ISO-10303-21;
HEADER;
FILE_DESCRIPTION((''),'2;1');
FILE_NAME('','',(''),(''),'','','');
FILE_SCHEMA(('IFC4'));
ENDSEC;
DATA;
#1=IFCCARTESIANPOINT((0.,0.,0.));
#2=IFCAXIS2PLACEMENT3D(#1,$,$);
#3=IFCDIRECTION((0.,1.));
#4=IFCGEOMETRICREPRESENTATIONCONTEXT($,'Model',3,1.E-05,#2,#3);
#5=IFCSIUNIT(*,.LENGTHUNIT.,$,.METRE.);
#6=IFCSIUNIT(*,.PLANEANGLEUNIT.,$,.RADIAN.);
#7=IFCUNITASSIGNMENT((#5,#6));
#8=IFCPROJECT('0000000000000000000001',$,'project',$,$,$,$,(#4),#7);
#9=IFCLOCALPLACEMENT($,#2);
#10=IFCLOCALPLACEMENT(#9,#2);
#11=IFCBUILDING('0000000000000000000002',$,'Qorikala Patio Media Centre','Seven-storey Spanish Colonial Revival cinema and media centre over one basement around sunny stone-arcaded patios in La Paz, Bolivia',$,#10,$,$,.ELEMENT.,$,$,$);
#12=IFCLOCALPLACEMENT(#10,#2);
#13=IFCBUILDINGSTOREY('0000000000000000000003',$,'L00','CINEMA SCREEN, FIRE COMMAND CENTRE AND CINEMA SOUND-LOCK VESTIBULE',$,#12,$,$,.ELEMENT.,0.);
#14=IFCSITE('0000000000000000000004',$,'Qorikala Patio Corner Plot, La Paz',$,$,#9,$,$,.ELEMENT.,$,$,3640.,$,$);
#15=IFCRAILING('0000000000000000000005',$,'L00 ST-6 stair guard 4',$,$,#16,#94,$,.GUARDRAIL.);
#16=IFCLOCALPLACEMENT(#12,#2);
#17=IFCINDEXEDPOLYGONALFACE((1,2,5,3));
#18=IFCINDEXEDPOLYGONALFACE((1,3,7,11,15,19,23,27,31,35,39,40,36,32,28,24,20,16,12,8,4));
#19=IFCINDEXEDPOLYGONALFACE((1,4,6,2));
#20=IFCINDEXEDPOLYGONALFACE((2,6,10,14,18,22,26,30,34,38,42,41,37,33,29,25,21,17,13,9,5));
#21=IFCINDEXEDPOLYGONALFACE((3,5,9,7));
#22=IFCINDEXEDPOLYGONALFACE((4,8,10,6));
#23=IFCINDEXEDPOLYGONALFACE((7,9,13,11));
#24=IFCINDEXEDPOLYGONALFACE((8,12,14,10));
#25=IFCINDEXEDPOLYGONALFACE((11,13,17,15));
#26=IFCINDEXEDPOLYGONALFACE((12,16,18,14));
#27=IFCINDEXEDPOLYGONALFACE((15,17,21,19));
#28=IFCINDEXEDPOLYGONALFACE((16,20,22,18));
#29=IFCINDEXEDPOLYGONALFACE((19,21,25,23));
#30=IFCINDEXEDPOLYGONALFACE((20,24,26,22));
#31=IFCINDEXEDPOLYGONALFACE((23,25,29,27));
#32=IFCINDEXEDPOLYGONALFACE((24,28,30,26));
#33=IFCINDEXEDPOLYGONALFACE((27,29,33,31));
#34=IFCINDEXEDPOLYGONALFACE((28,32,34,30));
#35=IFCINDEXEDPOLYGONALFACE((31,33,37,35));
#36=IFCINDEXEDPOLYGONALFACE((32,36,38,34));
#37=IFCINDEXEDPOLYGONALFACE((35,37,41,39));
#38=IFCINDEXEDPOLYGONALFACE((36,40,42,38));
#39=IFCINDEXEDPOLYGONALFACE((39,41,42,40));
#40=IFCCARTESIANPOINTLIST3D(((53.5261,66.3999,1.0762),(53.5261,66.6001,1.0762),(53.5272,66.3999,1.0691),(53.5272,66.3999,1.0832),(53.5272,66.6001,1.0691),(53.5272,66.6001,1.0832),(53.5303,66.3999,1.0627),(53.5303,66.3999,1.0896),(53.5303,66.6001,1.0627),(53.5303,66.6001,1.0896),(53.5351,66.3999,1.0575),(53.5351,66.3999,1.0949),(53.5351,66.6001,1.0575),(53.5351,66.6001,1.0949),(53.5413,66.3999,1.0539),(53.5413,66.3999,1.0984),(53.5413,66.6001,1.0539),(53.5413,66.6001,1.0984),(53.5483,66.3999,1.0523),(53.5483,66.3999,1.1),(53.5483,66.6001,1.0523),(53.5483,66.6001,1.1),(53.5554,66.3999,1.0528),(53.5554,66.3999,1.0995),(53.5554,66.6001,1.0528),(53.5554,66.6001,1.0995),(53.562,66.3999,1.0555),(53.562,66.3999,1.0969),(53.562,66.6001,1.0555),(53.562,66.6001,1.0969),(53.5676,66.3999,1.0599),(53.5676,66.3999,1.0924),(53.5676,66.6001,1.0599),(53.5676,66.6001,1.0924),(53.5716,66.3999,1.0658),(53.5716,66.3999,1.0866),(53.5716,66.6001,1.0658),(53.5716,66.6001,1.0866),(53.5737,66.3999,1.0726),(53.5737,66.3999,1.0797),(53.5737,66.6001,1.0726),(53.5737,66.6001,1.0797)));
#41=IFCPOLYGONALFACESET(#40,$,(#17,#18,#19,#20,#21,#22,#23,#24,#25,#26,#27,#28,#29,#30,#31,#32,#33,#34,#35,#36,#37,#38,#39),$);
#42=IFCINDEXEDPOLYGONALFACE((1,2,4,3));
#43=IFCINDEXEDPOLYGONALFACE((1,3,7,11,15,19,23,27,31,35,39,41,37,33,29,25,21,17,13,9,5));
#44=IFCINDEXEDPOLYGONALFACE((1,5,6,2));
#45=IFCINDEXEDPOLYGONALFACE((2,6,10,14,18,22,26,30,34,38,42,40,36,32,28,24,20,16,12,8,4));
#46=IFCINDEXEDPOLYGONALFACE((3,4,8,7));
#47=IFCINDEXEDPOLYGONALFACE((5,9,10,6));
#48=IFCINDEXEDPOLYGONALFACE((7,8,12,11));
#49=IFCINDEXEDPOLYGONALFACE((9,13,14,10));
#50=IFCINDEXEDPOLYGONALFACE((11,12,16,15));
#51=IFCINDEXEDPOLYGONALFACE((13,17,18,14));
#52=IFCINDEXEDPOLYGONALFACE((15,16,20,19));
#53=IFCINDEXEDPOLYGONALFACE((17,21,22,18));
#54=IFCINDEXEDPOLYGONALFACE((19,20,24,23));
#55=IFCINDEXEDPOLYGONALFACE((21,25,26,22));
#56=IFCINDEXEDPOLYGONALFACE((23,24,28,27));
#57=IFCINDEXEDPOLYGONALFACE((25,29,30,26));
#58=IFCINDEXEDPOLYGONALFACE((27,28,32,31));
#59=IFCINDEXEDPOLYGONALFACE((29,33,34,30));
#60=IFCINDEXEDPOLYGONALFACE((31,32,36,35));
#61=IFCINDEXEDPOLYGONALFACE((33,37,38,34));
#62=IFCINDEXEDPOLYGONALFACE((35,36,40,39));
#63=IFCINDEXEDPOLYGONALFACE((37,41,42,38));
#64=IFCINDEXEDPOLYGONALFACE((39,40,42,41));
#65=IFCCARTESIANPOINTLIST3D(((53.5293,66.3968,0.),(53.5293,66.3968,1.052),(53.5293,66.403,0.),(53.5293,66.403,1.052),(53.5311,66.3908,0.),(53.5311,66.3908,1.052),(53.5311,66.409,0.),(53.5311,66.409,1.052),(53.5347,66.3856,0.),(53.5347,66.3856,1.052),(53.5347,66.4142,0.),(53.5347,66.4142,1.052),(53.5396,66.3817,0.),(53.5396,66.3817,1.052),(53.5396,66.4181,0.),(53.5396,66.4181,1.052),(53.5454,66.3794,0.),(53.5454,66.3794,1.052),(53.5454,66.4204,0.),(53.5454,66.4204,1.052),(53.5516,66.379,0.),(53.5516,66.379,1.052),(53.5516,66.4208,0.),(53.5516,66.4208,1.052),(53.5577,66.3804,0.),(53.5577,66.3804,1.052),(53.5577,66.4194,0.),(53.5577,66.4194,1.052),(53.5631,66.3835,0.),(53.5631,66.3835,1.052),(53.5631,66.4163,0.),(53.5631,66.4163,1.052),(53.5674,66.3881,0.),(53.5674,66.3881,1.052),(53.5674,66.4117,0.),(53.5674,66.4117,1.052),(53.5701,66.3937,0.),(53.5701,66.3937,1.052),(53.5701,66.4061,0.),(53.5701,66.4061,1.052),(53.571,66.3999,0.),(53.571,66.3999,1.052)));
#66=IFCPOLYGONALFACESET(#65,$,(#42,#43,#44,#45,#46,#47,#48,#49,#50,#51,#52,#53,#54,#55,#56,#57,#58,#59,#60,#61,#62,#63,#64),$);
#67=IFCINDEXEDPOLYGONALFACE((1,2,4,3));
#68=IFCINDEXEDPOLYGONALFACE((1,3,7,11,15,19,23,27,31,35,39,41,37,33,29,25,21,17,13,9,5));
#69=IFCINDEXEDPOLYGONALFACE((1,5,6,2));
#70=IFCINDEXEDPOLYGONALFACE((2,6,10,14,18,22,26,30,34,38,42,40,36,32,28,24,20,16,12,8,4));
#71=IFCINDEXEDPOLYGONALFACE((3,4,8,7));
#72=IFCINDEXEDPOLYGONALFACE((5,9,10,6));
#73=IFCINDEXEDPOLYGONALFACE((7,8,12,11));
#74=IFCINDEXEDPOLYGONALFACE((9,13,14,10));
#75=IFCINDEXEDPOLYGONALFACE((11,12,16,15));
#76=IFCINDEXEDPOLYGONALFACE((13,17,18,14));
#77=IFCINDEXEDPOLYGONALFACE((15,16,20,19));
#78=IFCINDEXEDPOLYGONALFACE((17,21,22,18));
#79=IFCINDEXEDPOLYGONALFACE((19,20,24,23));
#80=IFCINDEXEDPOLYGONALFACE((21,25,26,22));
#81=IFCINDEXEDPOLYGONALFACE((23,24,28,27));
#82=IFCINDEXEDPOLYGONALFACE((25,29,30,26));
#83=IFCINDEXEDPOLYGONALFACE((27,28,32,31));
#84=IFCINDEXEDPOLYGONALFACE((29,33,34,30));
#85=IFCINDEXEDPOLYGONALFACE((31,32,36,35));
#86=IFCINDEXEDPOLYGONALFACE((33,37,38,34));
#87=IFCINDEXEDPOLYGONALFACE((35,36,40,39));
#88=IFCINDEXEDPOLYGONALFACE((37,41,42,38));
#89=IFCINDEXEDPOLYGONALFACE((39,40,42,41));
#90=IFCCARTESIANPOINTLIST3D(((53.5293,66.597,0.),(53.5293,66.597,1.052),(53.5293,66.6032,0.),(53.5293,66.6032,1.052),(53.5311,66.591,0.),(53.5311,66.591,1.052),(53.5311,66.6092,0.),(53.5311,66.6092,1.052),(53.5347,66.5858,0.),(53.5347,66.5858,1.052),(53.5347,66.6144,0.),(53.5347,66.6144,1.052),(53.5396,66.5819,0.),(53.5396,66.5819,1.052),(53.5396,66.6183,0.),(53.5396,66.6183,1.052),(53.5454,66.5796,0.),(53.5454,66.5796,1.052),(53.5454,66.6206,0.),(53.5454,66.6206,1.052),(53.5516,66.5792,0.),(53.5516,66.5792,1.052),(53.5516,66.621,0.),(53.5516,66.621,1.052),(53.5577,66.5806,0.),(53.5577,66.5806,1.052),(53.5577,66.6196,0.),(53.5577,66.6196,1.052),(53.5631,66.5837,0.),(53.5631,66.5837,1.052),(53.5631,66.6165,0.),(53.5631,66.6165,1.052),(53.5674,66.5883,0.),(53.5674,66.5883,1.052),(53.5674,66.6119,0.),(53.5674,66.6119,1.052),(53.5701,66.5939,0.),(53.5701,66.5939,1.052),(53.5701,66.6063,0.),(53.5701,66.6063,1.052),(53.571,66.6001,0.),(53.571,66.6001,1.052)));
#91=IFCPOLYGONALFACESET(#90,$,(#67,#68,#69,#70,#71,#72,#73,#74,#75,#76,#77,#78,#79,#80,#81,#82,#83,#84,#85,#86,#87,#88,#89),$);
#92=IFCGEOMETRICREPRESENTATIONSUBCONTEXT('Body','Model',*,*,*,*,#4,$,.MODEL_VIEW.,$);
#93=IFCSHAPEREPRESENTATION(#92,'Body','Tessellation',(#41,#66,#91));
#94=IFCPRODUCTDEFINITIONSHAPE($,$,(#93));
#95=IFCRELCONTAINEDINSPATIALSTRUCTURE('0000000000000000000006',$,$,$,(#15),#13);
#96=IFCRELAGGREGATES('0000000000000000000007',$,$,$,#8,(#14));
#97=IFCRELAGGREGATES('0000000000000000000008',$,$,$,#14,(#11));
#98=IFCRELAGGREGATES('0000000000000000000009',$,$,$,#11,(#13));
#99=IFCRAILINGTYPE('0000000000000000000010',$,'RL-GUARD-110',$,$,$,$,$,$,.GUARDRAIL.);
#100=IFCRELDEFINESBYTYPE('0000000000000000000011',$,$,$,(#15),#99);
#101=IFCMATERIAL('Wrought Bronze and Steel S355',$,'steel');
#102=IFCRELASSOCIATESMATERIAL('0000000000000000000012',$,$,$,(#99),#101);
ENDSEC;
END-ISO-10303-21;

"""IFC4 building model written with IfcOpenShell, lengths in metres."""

from ifc_helpers import new_model, si_unit, direction, frame, origin, origin_2d, place, context, subcontext, project, spatial, circle, extrude, material, type_object, element, save


model = new_model("IFC4")

# Units and contexts
model_context = context("Model", 3, precision=1e-05, world=origin(), true_north=direction((0.0, 1.0)))
body_context = subcontext(model_context, "Body", "Model", "MODEL_VIEW")
ifc_project = project(units=[si_unit("LENGTHUNIT", "METRE"), si_unit("PLANEANGLEUNIT", "RADIAN")], contexts=[model_context])

# Site, building, storey
site_placement = place(None, origin())
site = spatial("IfcSite", under=ifc_project, at=site_placement, Name="Qorikala Patio Corner Plot, La Paz", CompositionType="ELEMENT", RefElevation=3640.0)
building_placement = place(site_placement, origin())
building = spatial("IfcBuilding", under=site, at=building_placement, Name="Qorikala Patio Media Centre", Description="Seven-storey Spanish Colonial Revival cinema and media centre over one basement around sunny stone-arcaded patios in La Paz, Bolivia", CompositionType="ELEMENT")
storey_placement = place(building_placement, origin())
storey = spatial("IfcBuildingStorey", under=building, at=storey_placement, Name="L00", Description="CINEMA SCREEN, FIRE COMMAND CENTRE AND CINEMA SOUND-LOCK VESTIBULE", CompositionType="ELEMENT", Elevation=0.0)

# Railing
ifc_material_1 = material(Name="Wrought Bronze and Steel S355", Category="steel")
railing_type_1 = type_object("IfcRailingType", Name="RL-GUARD-110", PredefinedType="GUARDRAIL", material=ifc_material_1)
railing_1_placement = place(storey_placement, frame((53.55, 66.3999, 0.0)))
element("IfcRailing", 1, at=railing_1_placement, inside=storey, type_object=railing_type_1, Name="L00 ST-6 stair guard 4", PredefinedType="GUARDRAIL", context=body_context, shape_type="SweptSolid", body=[
    extrude(circle(Radius=0.0239, at=origin_2d()), frame((0.0, 0.0, 1.0762), z_axis=(0.0, 1.0, 0.0), x_axis=(-1.0, 0.0, 0.0)), (0.0, 0.0, 1.0), 0.2002),
    extrude(circle(Radius=0.021, at=origin_2d()), origin(), (0.0, 0.0, 1.0), 1.052),
    extrude(circle(Radius=0.021, at=origin_2d()), frame((0.0, 0.2002, 0.0)), (0.0, 0.0, 1.0), 1.052),
])

save(model, "model.ifc")
